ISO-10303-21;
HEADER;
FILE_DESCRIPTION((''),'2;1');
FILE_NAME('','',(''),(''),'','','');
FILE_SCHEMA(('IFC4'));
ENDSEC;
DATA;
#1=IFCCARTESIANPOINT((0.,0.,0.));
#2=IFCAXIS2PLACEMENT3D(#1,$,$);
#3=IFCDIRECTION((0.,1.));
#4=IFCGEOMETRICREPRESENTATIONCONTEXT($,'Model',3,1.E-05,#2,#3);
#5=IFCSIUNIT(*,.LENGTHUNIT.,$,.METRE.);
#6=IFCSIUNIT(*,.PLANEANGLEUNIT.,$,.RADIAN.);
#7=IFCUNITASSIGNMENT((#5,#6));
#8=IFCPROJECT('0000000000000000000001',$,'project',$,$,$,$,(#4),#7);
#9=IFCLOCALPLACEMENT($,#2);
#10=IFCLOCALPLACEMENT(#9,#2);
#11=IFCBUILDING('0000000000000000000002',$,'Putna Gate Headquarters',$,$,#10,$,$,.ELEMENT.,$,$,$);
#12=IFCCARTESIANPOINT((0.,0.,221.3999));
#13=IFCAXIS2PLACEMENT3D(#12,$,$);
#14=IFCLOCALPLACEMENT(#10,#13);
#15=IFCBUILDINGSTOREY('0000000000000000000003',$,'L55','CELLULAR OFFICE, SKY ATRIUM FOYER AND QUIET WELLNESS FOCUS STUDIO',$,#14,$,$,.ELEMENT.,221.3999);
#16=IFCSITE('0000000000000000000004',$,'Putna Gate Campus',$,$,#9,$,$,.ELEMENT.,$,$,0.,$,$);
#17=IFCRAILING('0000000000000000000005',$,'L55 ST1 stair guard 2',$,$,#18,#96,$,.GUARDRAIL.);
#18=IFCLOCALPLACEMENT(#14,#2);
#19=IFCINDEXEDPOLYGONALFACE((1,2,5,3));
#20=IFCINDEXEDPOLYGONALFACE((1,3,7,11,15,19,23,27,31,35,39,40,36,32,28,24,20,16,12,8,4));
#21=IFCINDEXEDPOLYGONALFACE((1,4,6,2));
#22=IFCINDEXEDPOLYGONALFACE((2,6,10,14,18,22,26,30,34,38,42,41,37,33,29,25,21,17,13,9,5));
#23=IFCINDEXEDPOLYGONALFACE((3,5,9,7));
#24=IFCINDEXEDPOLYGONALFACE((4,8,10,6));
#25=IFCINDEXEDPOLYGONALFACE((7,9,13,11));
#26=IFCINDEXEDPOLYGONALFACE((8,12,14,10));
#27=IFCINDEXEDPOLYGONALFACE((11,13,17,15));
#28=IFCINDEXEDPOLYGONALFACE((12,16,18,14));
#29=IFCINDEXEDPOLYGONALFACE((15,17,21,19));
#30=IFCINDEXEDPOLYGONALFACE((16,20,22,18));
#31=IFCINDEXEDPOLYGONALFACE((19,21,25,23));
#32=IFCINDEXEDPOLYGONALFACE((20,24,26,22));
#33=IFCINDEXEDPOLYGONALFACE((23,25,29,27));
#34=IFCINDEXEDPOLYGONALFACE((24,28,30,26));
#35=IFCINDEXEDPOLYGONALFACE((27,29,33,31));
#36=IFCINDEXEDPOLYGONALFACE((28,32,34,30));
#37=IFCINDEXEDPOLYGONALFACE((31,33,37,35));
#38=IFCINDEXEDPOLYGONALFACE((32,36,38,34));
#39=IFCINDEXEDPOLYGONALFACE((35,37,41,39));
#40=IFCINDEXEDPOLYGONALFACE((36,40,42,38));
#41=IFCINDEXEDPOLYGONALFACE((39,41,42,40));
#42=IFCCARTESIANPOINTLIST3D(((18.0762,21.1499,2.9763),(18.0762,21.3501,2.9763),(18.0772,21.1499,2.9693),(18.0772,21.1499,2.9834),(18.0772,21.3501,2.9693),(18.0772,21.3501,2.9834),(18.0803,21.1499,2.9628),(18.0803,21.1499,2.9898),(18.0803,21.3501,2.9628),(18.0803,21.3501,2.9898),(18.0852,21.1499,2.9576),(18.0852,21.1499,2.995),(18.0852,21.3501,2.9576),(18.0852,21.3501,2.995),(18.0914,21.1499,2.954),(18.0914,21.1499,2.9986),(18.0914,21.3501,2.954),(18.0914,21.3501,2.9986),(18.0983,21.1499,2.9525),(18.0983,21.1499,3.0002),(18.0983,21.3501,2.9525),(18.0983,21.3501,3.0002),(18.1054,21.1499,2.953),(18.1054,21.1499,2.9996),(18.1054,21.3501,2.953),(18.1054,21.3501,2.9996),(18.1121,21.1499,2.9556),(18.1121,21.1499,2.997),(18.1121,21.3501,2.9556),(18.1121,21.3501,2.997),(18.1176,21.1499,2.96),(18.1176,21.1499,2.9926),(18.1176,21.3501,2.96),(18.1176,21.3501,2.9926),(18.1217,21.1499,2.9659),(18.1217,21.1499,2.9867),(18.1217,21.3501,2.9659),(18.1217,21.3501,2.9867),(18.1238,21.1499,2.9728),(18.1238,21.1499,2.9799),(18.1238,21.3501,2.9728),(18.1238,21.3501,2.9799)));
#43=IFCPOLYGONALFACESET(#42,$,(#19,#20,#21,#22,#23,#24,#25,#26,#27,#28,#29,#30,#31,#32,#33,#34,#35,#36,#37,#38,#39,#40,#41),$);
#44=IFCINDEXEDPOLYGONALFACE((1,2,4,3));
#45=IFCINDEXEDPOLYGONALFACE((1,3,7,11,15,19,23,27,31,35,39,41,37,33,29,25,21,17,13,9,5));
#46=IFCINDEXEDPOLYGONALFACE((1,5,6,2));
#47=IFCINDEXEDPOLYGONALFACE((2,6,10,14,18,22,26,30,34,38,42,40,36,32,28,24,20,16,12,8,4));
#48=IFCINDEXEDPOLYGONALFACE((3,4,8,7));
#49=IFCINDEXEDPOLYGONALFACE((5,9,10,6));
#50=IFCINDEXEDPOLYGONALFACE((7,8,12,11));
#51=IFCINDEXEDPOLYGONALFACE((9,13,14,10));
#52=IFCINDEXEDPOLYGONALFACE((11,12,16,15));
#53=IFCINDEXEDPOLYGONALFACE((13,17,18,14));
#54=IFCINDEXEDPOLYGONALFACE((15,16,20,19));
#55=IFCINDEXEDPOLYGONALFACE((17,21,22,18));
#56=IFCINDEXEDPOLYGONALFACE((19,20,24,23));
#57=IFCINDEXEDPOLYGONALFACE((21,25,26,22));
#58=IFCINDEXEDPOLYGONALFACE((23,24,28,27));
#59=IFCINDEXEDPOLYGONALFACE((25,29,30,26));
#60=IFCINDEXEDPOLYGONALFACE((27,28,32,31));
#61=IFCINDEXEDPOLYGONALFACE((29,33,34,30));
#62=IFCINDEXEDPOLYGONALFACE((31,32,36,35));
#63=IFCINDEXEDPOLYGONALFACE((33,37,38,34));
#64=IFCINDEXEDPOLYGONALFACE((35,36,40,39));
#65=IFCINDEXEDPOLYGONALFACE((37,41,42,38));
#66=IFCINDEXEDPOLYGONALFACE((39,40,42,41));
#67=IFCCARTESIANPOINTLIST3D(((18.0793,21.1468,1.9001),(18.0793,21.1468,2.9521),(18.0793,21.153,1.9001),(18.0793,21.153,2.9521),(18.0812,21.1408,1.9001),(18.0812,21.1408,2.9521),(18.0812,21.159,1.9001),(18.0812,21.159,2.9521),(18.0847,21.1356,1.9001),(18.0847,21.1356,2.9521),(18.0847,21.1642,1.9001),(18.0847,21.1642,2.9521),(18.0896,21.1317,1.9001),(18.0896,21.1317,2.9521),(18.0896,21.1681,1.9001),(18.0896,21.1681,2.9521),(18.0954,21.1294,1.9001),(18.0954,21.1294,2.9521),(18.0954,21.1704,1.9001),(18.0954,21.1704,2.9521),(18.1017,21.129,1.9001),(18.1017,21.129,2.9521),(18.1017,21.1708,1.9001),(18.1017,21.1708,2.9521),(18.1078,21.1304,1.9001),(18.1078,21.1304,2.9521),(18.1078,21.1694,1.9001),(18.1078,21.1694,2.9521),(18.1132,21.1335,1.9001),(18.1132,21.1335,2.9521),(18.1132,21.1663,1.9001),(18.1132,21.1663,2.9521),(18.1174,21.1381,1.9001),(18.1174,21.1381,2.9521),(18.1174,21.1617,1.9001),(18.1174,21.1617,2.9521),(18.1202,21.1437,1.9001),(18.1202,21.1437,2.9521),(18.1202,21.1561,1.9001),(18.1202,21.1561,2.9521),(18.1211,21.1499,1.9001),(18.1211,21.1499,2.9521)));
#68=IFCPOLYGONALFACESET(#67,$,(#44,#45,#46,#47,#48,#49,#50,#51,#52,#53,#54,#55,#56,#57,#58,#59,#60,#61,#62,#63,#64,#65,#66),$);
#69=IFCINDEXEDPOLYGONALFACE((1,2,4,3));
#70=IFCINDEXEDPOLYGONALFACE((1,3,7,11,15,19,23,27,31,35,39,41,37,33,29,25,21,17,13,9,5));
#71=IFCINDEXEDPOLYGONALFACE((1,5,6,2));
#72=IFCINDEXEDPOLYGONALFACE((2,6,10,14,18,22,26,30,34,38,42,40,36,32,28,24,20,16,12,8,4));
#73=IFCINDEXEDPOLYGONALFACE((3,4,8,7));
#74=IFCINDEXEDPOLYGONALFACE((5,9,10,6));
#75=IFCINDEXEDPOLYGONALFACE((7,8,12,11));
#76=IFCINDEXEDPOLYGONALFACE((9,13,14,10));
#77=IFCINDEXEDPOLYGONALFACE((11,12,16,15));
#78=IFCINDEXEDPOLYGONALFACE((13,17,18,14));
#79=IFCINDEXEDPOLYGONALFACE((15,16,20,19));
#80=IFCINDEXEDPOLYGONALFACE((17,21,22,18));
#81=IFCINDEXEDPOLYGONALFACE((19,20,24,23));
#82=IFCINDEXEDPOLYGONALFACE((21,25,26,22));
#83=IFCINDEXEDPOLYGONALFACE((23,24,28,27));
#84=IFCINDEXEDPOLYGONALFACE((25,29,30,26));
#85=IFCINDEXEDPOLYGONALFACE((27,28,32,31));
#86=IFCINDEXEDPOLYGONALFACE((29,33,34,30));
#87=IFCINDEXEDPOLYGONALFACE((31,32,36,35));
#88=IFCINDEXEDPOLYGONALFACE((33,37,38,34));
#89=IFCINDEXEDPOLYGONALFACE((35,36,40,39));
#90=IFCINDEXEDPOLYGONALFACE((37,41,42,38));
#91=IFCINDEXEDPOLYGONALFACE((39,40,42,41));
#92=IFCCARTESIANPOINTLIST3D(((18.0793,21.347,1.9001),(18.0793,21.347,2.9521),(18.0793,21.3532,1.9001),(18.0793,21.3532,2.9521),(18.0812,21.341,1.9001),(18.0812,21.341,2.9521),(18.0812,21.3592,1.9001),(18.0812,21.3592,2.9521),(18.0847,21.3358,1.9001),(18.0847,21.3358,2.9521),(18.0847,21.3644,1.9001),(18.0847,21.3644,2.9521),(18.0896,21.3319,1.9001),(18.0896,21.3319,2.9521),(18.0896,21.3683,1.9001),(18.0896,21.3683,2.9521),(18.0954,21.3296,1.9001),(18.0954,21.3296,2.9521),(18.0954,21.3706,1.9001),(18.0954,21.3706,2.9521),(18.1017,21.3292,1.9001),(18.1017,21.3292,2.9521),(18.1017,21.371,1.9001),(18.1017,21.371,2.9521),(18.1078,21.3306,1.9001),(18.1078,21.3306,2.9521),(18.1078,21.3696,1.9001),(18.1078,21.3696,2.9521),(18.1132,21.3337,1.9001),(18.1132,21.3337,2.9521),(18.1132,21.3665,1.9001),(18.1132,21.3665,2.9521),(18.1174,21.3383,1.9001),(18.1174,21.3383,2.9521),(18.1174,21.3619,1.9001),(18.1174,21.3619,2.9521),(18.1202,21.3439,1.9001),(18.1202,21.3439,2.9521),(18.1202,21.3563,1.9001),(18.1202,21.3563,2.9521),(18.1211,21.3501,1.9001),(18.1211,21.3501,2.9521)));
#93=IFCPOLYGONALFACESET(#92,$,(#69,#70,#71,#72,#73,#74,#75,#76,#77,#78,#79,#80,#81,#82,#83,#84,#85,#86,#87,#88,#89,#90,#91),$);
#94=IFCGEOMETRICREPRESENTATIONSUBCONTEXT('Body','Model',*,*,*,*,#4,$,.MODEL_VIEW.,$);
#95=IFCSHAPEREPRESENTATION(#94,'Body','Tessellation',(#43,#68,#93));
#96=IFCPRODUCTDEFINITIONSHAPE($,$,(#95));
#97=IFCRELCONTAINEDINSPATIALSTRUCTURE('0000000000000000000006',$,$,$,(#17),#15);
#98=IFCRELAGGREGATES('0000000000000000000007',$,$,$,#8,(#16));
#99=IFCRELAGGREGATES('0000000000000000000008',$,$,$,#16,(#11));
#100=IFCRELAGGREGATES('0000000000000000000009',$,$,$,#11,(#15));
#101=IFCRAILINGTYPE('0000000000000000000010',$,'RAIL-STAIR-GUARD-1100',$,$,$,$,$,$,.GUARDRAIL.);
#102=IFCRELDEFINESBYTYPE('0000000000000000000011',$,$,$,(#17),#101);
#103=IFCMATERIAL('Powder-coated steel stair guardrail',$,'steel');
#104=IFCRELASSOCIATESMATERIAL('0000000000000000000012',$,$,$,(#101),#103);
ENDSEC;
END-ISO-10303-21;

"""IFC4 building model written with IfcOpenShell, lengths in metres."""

from ifc_helpers import new_model, si_unit, direction, frame, origin, origin_2d, place, context, subcontext, project, spatial, circle, extrude, material, type_object, element, save


model = new_model("IFC4")

# Units and contexts
model_context = context("Model", 3, precision=1e-05, world=origin(), true_north=direction((0.0, 1.0)))
body_context = subcontext(model_context, "Body", "Model", "MODEL_VIEW")
ifc_project = project(units=[si_unit("LENGTHUNIT", "METRE"), si_unit("PLANEANGLEUNIT", "RADIAN")], contexts=[model_context])

# Site, building, storey
site_placement = place(None, origin())
site = spatial("IfcSite", under=ifc_project, at=site_placement, Name="Putna Gate Campus", CompositionType="ELEMENT", RefElevation=0.0)
building_placement = place(site_placement, origin())
building = spatial("IfcBuilding", under=site, at=building_placement, Name="Putna Gate Headquarters", CompositionType="ELEMENT")
storey_placement = place(building_placement, frame((0.0, 0.0, 221.3999)))
storey = spatial("IfcBuildingStorey", under=building, at=storey_placement, Name="L55", Description="CELLULAR OFFICE, SKY ATRIUM FOYER AND QUIET WELLNESS FOCUS STUDIO", CompositionType="ELEMENT", Elevation=221.3999)

# Railing
ifc_material_1 = material(Name="Powder-coated steel stair guardrail", Category="steel")
railing_type_1 = type_object("IfcRailingType", Name="RAIL-STAIR-GUARD-1100", PredefinedType="GUARDRAIL", material=ifc_material_1)
railing_1_placement = place(storey_placement, frame((18.1001, 21.1499, 1.9001)))
element("IfcRailing", 1, at=railing_1_placement, inside=storey, type_object=railing_type_1, Name="L55 ST1 stair guard 2", PredefinedType="GUARDRAIL", context=body_context, shape_type="SweptSolid", body=[
    extrude(circle(Radius=0.0239, at=origin_2d()), frame((0.0, 0.0, 1.0762), z_axis=(0.0, 1.0, 0.0), x_axis=(-1.0, 0.0, 0.0)), (0.0, 0.0, 1.0), 0.2002),
    extrude(circle(Radius=0.021, at=origin_2d()), origin(), (0.0, 0.0, 1.0), 1.052),
    extrude(circle(Radius=0.021, at=origin_2d()), frame((0.0, 0.2002, 0.0)), (0.0, 0.0, 1.0), 1.052),
])

save(model, "model.ifc")
